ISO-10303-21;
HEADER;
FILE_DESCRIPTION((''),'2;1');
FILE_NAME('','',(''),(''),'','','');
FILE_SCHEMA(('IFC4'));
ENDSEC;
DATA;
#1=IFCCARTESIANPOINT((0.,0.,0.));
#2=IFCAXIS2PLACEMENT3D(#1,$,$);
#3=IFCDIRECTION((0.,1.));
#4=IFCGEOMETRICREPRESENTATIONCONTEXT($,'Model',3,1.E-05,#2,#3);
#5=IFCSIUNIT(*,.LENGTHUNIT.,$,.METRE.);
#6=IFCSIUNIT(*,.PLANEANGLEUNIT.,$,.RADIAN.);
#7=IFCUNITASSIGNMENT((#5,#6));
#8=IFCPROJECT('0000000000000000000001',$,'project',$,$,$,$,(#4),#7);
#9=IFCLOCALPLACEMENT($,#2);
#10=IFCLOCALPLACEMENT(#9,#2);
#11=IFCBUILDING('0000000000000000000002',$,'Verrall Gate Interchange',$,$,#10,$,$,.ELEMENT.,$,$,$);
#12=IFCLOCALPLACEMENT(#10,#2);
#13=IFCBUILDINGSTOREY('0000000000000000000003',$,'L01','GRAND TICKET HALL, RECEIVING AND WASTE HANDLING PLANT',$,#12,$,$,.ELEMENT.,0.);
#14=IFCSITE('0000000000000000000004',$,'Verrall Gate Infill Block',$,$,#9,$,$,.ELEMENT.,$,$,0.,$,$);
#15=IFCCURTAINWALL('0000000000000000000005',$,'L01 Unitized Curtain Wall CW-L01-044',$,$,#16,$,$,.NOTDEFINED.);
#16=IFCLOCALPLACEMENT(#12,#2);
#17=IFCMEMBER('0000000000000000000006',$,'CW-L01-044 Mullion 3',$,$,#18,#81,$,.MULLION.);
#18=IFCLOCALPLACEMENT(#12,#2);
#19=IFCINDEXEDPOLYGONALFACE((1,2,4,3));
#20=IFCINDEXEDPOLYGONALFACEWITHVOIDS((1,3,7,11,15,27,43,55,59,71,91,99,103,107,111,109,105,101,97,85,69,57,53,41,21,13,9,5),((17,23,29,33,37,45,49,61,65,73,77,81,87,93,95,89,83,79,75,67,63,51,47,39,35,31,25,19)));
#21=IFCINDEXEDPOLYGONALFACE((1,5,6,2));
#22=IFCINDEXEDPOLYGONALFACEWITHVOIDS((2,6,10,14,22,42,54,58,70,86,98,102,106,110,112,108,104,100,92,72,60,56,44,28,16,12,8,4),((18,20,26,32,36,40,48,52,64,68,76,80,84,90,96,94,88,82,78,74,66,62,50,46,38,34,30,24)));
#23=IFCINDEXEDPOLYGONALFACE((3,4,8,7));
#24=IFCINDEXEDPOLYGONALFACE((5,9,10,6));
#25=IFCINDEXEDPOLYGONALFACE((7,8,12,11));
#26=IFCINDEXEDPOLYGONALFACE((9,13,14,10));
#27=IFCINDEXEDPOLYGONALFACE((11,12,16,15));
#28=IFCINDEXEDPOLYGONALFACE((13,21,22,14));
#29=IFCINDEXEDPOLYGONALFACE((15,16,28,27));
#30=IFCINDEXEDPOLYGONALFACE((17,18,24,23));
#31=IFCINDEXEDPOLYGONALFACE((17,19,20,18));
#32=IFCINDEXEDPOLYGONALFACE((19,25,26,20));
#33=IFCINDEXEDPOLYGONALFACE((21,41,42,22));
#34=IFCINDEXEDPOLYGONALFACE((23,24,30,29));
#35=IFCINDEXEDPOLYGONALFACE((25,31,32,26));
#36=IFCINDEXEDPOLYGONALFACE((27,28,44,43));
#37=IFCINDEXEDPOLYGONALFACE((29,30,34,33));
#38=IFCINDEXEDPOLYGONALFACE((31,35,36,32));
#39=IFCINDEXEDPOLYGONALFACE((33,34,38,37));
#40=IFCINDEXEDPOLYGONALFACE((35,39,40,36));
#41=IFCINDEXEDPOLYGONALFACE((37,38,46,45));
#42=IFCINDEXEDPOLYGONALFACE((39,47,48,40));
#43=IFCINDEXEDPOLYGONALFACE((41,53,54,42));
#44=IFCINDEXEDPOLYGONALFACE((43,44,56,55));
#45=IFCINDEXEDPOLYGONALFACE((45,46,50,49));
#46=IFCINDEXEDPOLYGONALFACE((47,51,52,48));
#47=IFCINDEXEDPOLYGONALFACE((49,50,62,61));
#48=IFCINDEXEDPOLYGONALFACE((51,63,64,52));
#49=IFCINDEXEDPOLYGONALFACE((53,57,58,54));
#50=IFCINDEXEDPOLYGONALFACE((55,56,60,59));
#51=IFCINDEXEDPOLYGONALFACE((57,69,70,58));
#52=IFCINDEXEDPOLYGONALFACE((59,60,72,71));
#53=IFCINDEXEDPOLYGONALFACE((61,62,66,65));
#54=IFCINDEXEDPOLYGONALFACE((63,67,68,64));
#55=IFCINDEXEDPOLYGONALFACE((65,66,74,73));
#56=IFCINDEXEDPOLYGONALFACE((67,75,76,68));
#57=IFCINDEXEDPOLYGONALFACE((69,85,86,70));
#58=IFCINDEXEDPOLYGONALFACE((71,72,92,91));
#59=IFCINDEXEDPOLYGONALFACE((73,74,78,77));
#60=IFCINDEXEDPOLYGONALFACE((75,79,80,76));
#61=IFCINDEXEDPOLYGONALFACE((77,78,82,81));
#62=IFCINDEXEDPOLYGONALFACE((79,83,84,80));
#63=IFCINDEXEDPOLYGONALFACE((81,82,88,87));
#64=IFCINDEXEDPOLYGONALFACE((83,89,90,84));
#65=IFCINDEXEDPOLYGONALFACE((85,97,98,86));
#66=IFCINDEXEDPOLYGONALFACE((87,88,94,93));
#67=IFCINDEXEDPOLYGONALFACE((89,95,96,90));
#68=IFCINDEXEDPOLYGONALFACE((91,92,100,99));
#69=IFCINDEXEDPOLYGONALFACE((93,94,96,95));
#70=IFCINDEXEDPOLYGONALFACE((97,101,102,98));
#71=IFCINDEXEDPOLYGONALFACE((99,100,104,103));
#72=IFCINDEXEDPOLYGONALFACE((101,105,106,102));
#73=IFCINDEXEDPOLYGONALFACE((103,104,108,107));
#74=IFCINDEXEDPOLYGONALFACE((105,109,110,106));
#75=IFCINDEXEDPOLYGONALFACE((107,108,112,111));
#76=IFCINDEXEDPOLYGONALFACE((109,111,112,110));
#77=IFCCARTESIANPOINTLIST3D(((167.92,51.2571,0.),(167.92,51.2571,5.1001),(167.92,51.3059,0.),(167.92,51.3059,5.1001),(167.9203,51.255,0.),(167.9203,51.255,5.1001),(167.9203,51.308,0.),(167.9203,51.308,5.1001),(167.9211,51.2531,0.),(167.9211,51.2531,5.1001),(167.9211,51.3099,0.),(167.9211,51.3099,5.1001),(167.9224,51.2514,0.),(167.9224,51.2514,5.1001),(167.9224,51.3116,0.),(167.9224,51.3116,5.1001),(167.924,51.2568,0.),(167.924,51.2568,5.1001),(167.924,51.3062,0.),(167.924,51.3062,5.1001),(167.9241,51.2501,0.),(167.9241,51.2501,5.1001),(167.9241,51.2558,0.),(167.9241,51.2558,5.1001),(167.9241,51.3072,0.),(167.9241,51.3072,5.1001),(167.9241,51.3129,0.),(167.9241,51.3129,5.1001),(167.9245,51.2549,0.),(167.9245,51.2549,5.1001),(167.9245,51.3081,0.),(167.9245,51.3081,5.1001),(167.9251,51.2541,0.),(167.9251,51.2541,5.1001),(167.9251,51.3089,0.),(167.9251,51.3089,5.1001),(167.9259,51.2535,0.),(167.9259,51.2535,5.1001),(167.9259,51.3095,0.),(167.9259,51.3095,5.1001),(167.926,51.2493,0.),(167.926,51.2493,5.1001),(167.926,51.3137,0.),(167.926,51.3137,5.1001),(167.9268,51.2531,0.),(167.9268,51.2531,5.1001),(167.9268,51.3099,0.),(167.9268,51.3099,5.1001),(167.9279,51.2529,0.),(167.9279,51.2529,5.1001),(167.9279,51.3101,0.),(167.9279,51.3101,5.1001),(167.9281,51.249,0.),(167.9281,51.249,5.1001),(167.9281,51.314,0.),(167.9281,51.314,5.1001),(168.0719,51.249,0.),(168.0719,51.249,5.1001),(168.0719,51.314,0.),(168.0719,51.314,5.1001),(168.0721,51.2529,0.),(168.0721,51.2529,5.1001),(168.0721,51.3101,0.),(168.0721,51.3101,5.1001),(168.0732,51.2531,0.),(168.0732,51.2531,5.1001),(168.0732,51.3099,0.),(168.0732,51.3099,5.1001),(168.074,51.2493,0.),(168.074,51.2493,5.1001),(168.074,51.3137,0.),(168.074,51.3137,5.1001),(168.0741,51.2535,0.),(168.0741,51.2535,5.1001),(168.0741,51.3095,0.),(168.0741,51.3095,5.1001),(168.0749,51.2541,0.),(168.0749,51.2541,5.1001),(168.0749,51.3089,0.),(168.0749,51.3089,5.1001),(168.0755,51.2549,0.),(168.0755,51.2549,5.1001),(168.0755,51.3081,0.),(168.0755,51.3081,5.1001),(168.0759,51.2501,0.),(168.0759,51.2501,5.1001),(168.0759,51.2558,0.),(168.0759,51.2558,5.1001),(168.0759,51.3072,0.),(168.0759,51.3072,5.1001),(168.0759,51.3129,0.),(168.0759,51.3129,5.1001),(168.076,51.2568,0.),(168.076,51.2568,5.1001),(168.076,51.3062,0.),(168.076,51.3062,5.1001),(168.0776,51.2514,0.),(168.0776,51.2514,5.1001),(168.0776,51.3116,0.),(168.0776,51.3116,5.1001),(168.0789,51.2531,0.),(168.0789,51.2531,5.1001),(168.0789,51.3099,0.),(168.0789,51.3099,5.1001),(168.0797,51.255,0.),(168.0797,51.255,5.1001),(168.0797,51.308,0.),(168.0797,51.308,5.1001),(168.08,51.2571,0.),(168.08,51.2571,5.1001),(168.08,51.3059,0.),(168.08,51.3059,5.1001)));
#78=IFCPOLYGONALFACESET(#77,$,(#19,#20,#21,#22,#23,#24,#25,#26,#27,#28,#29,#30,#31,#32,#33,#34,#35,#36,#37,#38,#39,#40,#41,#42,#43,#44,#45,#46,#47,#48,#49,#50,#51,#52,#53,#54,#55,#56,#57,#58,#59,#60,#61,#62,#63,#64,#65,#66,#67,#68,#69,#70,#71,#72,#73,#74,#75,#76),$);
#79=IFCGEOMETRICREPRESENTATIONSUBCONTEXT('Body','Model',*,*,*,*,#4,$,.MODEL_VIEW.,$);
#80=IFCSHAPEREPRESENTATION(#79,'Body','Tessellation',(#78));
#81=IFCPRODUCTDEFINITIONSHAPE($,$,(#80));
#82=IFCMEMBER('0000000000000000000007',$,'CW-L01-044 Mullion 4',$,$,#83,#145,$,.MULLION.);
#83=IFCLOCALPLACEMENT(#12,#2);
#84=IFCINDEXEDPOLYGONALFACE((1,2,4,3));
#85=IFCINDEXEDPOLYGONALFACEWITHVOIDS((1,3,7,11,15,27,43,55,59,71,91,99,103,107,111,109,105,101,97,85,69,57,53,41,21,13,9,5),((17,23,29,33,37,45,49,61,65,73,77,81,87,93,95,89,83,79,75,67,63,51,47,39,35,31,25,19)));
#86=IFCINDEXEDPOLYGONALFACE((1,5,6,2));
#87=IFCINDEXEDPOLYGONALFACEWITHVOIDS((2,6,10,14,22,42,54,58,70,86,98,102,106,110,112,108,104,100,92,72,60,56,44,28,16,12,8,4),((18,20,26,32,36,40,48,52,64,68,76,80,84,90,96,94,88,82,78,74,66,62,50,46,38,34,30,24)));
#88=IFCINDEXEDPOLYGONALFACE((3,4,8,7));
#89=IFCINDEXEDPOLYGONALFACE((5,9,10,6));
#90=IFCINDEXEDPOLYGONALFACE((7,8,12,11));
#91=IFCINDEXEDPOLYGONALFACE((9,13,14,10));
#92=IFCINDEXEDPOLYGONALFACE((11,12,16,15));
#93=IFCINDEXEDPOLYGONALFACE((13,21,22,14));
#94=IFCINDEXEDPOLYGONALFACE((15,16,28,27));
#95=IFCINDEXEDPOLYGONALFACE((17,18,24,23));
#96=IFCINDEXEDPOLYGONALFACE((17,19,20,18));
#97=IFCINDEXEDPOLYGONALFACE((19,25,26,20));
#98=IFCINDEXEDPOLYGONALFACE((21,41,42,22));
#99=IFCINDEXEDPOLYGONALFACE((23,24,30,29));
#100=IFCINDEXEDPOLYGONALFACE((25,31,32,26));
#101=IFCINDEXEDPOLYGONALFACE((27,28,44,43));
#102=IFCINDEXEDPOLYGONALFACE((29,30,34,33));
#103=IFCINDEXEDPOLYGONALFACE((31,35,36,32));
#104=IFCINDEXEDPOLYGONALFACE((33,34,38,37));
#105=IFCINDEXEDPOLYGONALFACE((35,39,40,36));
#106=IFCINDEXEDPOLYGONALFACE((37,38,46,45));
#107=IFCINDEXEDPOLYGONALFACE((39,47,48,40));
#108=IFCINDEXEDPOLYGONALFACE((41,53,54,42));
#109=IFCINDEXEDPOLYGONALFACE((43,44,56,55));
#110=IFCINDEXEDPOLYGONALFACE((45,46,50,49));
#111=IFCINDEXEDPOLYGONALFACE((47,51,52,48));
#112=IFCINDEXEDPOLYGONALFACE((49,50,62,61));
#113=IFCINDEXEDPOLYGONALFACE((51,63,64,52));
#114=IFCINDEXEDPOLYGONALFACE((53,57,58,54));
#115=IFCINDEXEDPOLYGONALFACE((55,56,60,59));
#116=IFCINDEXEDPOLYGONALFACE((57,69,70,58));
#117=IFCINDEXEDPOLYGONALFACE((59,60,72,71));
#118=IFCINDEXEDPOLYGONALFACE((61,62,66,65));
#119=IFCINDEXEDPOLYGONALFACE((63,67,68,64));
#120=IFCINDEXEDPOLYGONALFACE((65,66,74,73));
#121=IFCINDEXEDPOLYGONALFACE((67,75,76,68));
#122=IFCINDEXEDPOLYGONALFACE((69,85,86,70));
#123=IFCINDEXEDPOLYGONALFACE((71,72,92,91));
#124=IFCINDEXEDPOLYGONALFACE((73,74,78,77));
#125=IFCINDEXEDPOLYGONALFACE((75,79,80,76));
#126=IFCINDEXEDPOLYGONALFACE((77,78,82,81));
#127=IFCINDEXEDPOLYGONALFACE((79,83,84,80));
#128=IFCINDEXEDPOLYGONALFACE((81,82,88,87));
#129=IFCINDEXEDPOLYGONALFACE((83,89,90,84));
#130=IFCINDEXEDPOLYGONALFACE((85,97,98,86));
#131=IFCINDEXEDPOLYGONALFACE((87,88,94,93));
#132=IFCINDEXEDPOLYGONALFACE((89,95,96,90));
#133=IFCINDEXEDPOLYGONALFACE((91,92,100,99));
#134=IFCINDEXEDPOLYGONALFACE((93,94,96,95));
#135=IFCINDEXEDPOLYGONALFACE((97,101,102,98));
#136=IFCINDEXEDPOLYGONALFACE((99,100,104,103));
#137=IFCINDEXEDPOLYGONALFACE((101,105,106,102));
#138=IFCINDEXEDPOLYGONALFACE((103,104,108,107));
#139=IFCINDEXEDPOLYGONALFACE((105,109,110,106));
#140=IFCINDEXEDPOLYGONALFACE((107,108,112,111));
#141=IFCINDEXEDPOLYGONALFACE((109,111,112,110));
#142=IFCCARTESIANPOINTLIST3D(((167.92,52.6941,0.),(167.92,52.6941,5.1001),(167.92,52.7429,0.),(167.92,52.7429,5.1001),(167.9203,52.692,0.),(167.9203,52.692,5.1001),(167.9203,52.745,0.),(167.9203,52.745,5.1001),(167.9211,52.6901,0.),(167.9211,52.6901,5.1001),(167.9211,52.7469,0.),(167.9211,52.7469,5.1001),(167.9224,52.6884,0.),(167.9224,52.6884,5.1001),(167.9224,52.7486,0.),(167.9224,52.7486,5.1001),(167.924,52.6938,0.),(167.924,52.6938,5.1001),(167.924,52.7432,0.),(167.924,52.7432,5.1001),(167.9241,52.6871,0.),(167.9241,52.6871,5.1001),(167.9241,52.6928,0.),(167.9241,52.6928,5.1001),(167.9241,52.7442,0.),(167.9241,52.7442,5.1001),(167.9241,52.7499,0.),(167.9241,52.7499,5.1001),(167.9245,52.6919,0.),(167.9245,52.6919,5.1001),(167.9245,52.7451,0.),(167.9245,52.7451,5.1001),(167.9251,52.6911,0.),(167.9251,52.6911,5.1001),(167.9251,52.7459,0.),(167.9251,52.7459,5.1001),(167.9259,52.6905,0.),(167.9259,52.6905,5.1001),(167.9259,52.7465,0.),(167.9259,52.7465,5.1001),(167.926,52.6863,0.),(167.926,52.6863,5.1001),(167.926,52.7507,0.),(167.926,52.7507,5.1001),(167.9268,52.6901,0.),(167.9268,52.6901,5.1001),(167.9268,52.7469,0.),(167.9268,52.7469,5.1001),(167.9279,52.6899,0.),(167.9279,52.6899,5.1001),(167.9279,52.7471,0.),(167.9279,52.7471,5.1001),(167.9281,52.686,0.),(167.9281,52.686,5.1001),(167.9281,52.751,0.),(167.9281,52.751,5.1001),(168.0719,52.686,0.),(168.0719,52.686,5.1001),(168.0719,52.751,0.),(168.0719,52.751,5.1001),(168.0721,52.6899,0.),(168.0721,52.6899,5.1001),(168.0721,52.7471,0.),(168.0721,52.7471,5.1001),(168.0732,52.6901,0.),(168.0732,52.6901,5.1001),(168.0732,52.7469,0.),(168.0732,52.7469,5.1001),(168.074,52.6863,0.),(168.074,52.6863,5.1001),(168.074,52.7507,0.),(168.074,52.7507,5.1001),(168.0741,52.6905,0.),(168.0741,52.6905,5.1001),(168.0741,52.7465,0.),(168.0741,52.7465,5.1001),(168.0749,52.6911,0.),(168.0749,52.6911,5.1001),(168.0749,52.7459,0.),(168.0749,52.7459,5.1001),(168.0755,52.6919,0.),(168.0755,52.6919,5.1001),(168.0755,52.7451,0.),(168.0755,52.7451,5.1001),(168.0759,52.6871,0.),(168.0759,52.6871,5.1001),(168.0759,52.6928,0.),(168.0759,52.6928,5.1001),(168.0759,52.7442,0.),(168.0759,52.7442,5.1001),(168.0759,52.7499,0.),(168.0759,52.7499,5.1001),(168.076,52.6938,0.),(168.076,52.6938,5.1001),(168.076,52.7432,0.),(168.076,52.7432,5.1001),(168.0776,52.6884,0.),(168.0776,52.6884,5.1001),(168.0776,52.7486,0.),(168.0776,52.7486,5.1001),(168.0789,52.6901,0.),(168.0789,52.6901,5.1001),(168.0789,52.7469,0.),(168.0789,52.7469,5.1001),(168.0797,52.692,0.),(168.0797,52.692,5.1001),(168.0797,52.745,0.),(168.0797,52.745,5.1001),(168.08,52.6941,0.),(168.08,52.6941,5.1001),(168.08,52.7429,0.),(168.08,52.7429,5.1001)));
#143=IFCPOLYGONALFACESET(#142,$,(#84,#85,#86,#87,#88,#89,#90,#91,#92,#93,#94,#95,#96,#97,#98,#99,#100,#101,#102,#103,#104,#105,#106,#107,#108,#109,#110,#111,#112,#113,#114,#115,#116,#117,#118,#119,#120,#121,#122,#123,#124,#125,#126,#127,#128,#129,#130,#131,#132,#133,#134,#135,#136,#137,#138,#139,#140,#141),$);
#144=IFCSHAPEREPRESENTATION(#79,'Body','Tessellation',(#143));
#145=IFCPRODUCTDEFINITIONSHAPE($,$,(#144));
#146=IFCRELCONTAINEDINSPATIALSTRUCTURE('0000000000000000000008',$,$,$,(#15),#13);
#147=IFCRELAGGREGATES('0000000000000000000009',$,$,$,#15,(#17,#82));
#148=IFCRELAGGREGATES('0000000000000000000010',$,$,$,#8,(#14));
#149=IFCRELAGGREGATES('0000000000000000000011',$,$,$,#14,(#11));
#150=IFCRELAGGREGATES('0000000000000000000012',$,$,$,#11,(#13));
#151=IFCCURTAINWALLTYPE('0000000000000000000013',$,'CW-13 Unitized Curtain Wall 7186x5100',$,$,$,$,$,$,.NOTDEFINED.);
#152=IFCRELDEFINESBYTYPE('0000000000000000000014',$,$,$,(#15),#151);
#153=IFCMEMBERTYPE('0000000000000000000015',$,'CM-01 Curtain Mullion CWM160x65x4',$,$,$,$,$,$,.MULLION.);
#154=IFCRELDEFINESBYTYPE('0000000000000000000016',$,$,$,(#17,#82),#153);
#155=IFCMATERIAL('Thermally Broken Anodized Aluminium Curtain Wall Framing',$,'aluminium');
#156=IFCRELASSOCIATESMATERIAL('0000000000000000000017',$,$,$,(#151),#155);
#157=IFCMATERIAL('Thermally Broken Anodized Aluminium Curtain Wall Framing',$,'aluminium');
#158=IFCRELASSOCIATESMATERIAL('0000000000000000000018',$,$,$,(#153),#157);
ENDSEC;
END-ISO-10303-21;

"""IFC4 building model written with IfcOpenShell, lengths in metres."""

from ifc_helpers import new_model, si_unit, direction, frame, origin, origin_2d, place, context, subcontext, project, spatial, hollow_rectangle, extrude, material, material_profile, profile_set, type_object, element, aggregate, save


model = new_model("IFC4")

# Units and contexts
model_context = context("Model", 3, precision=1e-05, world=origin(), true_north=direction((0.0, 1.0)))
body_context = subcontext(model_context, "Body", "Model", "MODEL_VIEW")
ifc_project = project(units=[si_unit("LENGTHUNIT", "METRE"), si_unit("PLANEANGLEUNIT", "RADIAN")], contexts=[model_context])

# Site, building, storey
site_placement = place(None, origin())
site = spatial("IfcSite", under=ifc_project, at=site_placement, Name="Verrall Gate Infill Block", CompositionType="ELEMENT", RefElevation=0.0)
building_placement = place(site_placement, origin())
building = spatial("IfcBuilding", under=site, at=building_placement, Name="Verrall Gate Interchange", CompositionType="ELEMENT")
storey_placement = place(building_placement, origin())
storey = spatial("IfcBuildingStorey", under=building, at=storey_placement, Name="L01", Description="GRAND TICKET HALL, RECEIVING AND WASTE HANDLING PLANT", CompositionType="ELEMENT", Elevation=0.0)

# Curtain wall, members
ifc_material_1 = material(Name="Thermally Broken Anodized Aluminium Curtain Wall Framing", Category="aluminium")
curtain_wall_type = type_object("IfcCurtainWallType", Name="CW-13 Unitized Curtain Wall 7186x5100", PredefinedType="NOTDEFINED", material=ifc_material_1)
curtain_wall_placement = place(storey_placement, origin())
curtain_wall = element("IfcCurtainWall", 1, at=curtain_wall_placement, inside=storey, type_object=curtain_wall_type, Name="L01 Unitized Curtain Wall CW-L01-044", PredefinedType="NOTDEFINED")
ifc_material_2 = material(Name="Thermally Broken Anodized Aluminium Curtain Wall Framing", Category="aluminium")
ifc_material_profile = material_profile(ifc_material_2, hollow_rectangle(XDim=0.0649, YDim=0.1599, WallThickness=0.0039, InnerFilletRadius=0.0039, OuterFilletRadius=0.0081, at=origin_2d()), Name="CWM160x65x4")
ifc_profile_set = profile_set([ifc_material_profile], Name="Thermally Broken Anodized Aluminium Curtain Wall Framing")
member_type = type_object("IfcMemberType", Name="CM-01 Curtain Mullion CWM160x65x4", PredefinedType="MULLION", material=ifc_profile_set)
member_1_placement = place(storey_placement, frame((168.0, 51.2815, 0.0), z_axis=(0.0, 0.0, 1.0), x_axis=(0.0, 1.0, 0.0)))
member_1 = element("IfcMember", 2, at=member_1_placement, type_object=member_type, Name="CW-L01-044 Mullion 3", PredefinedType="MULLION", context=body_context, shape_type="SweptSolid", body=[
    extrude(hollow_rectangle(XDim=0.0649, YDim=0.1599, WallThickness=0.0039, InnerFilletRadius=0.0039, OuterFilletRadius=0.0081, at=origin_2d()), origin(), (0.0, 0.0, 1.0), 5.1001),
])
member_2_placement = place(storey_placement, frame((168.0, 52.7185, 0.0), z_axis=(0.0, 0.0, 1.0), x_axis=(0.0, 1.0, 0.0)))
member_2 = element("IfcMember", 3, at=member_2_placement, type_object=member_type, Name="CW-L01-044 Mullion 4", PredefinedType="MULLION", context=body_context, shape_type="SweptSolid", body=[
    extrude(hollow_rectangle(XDim=0.0649, YDim=0.1599, WallThickness=0.0039, InnerFilletRadius=0.0039, OuterFilletRadius=0.0081, at=origin_2d()), origin(), (0.0, 0.0, 1.0), 5.1001),
])
aggregate(curtain_wall, [member_1, member_2])

save(model, "model.ifc")
